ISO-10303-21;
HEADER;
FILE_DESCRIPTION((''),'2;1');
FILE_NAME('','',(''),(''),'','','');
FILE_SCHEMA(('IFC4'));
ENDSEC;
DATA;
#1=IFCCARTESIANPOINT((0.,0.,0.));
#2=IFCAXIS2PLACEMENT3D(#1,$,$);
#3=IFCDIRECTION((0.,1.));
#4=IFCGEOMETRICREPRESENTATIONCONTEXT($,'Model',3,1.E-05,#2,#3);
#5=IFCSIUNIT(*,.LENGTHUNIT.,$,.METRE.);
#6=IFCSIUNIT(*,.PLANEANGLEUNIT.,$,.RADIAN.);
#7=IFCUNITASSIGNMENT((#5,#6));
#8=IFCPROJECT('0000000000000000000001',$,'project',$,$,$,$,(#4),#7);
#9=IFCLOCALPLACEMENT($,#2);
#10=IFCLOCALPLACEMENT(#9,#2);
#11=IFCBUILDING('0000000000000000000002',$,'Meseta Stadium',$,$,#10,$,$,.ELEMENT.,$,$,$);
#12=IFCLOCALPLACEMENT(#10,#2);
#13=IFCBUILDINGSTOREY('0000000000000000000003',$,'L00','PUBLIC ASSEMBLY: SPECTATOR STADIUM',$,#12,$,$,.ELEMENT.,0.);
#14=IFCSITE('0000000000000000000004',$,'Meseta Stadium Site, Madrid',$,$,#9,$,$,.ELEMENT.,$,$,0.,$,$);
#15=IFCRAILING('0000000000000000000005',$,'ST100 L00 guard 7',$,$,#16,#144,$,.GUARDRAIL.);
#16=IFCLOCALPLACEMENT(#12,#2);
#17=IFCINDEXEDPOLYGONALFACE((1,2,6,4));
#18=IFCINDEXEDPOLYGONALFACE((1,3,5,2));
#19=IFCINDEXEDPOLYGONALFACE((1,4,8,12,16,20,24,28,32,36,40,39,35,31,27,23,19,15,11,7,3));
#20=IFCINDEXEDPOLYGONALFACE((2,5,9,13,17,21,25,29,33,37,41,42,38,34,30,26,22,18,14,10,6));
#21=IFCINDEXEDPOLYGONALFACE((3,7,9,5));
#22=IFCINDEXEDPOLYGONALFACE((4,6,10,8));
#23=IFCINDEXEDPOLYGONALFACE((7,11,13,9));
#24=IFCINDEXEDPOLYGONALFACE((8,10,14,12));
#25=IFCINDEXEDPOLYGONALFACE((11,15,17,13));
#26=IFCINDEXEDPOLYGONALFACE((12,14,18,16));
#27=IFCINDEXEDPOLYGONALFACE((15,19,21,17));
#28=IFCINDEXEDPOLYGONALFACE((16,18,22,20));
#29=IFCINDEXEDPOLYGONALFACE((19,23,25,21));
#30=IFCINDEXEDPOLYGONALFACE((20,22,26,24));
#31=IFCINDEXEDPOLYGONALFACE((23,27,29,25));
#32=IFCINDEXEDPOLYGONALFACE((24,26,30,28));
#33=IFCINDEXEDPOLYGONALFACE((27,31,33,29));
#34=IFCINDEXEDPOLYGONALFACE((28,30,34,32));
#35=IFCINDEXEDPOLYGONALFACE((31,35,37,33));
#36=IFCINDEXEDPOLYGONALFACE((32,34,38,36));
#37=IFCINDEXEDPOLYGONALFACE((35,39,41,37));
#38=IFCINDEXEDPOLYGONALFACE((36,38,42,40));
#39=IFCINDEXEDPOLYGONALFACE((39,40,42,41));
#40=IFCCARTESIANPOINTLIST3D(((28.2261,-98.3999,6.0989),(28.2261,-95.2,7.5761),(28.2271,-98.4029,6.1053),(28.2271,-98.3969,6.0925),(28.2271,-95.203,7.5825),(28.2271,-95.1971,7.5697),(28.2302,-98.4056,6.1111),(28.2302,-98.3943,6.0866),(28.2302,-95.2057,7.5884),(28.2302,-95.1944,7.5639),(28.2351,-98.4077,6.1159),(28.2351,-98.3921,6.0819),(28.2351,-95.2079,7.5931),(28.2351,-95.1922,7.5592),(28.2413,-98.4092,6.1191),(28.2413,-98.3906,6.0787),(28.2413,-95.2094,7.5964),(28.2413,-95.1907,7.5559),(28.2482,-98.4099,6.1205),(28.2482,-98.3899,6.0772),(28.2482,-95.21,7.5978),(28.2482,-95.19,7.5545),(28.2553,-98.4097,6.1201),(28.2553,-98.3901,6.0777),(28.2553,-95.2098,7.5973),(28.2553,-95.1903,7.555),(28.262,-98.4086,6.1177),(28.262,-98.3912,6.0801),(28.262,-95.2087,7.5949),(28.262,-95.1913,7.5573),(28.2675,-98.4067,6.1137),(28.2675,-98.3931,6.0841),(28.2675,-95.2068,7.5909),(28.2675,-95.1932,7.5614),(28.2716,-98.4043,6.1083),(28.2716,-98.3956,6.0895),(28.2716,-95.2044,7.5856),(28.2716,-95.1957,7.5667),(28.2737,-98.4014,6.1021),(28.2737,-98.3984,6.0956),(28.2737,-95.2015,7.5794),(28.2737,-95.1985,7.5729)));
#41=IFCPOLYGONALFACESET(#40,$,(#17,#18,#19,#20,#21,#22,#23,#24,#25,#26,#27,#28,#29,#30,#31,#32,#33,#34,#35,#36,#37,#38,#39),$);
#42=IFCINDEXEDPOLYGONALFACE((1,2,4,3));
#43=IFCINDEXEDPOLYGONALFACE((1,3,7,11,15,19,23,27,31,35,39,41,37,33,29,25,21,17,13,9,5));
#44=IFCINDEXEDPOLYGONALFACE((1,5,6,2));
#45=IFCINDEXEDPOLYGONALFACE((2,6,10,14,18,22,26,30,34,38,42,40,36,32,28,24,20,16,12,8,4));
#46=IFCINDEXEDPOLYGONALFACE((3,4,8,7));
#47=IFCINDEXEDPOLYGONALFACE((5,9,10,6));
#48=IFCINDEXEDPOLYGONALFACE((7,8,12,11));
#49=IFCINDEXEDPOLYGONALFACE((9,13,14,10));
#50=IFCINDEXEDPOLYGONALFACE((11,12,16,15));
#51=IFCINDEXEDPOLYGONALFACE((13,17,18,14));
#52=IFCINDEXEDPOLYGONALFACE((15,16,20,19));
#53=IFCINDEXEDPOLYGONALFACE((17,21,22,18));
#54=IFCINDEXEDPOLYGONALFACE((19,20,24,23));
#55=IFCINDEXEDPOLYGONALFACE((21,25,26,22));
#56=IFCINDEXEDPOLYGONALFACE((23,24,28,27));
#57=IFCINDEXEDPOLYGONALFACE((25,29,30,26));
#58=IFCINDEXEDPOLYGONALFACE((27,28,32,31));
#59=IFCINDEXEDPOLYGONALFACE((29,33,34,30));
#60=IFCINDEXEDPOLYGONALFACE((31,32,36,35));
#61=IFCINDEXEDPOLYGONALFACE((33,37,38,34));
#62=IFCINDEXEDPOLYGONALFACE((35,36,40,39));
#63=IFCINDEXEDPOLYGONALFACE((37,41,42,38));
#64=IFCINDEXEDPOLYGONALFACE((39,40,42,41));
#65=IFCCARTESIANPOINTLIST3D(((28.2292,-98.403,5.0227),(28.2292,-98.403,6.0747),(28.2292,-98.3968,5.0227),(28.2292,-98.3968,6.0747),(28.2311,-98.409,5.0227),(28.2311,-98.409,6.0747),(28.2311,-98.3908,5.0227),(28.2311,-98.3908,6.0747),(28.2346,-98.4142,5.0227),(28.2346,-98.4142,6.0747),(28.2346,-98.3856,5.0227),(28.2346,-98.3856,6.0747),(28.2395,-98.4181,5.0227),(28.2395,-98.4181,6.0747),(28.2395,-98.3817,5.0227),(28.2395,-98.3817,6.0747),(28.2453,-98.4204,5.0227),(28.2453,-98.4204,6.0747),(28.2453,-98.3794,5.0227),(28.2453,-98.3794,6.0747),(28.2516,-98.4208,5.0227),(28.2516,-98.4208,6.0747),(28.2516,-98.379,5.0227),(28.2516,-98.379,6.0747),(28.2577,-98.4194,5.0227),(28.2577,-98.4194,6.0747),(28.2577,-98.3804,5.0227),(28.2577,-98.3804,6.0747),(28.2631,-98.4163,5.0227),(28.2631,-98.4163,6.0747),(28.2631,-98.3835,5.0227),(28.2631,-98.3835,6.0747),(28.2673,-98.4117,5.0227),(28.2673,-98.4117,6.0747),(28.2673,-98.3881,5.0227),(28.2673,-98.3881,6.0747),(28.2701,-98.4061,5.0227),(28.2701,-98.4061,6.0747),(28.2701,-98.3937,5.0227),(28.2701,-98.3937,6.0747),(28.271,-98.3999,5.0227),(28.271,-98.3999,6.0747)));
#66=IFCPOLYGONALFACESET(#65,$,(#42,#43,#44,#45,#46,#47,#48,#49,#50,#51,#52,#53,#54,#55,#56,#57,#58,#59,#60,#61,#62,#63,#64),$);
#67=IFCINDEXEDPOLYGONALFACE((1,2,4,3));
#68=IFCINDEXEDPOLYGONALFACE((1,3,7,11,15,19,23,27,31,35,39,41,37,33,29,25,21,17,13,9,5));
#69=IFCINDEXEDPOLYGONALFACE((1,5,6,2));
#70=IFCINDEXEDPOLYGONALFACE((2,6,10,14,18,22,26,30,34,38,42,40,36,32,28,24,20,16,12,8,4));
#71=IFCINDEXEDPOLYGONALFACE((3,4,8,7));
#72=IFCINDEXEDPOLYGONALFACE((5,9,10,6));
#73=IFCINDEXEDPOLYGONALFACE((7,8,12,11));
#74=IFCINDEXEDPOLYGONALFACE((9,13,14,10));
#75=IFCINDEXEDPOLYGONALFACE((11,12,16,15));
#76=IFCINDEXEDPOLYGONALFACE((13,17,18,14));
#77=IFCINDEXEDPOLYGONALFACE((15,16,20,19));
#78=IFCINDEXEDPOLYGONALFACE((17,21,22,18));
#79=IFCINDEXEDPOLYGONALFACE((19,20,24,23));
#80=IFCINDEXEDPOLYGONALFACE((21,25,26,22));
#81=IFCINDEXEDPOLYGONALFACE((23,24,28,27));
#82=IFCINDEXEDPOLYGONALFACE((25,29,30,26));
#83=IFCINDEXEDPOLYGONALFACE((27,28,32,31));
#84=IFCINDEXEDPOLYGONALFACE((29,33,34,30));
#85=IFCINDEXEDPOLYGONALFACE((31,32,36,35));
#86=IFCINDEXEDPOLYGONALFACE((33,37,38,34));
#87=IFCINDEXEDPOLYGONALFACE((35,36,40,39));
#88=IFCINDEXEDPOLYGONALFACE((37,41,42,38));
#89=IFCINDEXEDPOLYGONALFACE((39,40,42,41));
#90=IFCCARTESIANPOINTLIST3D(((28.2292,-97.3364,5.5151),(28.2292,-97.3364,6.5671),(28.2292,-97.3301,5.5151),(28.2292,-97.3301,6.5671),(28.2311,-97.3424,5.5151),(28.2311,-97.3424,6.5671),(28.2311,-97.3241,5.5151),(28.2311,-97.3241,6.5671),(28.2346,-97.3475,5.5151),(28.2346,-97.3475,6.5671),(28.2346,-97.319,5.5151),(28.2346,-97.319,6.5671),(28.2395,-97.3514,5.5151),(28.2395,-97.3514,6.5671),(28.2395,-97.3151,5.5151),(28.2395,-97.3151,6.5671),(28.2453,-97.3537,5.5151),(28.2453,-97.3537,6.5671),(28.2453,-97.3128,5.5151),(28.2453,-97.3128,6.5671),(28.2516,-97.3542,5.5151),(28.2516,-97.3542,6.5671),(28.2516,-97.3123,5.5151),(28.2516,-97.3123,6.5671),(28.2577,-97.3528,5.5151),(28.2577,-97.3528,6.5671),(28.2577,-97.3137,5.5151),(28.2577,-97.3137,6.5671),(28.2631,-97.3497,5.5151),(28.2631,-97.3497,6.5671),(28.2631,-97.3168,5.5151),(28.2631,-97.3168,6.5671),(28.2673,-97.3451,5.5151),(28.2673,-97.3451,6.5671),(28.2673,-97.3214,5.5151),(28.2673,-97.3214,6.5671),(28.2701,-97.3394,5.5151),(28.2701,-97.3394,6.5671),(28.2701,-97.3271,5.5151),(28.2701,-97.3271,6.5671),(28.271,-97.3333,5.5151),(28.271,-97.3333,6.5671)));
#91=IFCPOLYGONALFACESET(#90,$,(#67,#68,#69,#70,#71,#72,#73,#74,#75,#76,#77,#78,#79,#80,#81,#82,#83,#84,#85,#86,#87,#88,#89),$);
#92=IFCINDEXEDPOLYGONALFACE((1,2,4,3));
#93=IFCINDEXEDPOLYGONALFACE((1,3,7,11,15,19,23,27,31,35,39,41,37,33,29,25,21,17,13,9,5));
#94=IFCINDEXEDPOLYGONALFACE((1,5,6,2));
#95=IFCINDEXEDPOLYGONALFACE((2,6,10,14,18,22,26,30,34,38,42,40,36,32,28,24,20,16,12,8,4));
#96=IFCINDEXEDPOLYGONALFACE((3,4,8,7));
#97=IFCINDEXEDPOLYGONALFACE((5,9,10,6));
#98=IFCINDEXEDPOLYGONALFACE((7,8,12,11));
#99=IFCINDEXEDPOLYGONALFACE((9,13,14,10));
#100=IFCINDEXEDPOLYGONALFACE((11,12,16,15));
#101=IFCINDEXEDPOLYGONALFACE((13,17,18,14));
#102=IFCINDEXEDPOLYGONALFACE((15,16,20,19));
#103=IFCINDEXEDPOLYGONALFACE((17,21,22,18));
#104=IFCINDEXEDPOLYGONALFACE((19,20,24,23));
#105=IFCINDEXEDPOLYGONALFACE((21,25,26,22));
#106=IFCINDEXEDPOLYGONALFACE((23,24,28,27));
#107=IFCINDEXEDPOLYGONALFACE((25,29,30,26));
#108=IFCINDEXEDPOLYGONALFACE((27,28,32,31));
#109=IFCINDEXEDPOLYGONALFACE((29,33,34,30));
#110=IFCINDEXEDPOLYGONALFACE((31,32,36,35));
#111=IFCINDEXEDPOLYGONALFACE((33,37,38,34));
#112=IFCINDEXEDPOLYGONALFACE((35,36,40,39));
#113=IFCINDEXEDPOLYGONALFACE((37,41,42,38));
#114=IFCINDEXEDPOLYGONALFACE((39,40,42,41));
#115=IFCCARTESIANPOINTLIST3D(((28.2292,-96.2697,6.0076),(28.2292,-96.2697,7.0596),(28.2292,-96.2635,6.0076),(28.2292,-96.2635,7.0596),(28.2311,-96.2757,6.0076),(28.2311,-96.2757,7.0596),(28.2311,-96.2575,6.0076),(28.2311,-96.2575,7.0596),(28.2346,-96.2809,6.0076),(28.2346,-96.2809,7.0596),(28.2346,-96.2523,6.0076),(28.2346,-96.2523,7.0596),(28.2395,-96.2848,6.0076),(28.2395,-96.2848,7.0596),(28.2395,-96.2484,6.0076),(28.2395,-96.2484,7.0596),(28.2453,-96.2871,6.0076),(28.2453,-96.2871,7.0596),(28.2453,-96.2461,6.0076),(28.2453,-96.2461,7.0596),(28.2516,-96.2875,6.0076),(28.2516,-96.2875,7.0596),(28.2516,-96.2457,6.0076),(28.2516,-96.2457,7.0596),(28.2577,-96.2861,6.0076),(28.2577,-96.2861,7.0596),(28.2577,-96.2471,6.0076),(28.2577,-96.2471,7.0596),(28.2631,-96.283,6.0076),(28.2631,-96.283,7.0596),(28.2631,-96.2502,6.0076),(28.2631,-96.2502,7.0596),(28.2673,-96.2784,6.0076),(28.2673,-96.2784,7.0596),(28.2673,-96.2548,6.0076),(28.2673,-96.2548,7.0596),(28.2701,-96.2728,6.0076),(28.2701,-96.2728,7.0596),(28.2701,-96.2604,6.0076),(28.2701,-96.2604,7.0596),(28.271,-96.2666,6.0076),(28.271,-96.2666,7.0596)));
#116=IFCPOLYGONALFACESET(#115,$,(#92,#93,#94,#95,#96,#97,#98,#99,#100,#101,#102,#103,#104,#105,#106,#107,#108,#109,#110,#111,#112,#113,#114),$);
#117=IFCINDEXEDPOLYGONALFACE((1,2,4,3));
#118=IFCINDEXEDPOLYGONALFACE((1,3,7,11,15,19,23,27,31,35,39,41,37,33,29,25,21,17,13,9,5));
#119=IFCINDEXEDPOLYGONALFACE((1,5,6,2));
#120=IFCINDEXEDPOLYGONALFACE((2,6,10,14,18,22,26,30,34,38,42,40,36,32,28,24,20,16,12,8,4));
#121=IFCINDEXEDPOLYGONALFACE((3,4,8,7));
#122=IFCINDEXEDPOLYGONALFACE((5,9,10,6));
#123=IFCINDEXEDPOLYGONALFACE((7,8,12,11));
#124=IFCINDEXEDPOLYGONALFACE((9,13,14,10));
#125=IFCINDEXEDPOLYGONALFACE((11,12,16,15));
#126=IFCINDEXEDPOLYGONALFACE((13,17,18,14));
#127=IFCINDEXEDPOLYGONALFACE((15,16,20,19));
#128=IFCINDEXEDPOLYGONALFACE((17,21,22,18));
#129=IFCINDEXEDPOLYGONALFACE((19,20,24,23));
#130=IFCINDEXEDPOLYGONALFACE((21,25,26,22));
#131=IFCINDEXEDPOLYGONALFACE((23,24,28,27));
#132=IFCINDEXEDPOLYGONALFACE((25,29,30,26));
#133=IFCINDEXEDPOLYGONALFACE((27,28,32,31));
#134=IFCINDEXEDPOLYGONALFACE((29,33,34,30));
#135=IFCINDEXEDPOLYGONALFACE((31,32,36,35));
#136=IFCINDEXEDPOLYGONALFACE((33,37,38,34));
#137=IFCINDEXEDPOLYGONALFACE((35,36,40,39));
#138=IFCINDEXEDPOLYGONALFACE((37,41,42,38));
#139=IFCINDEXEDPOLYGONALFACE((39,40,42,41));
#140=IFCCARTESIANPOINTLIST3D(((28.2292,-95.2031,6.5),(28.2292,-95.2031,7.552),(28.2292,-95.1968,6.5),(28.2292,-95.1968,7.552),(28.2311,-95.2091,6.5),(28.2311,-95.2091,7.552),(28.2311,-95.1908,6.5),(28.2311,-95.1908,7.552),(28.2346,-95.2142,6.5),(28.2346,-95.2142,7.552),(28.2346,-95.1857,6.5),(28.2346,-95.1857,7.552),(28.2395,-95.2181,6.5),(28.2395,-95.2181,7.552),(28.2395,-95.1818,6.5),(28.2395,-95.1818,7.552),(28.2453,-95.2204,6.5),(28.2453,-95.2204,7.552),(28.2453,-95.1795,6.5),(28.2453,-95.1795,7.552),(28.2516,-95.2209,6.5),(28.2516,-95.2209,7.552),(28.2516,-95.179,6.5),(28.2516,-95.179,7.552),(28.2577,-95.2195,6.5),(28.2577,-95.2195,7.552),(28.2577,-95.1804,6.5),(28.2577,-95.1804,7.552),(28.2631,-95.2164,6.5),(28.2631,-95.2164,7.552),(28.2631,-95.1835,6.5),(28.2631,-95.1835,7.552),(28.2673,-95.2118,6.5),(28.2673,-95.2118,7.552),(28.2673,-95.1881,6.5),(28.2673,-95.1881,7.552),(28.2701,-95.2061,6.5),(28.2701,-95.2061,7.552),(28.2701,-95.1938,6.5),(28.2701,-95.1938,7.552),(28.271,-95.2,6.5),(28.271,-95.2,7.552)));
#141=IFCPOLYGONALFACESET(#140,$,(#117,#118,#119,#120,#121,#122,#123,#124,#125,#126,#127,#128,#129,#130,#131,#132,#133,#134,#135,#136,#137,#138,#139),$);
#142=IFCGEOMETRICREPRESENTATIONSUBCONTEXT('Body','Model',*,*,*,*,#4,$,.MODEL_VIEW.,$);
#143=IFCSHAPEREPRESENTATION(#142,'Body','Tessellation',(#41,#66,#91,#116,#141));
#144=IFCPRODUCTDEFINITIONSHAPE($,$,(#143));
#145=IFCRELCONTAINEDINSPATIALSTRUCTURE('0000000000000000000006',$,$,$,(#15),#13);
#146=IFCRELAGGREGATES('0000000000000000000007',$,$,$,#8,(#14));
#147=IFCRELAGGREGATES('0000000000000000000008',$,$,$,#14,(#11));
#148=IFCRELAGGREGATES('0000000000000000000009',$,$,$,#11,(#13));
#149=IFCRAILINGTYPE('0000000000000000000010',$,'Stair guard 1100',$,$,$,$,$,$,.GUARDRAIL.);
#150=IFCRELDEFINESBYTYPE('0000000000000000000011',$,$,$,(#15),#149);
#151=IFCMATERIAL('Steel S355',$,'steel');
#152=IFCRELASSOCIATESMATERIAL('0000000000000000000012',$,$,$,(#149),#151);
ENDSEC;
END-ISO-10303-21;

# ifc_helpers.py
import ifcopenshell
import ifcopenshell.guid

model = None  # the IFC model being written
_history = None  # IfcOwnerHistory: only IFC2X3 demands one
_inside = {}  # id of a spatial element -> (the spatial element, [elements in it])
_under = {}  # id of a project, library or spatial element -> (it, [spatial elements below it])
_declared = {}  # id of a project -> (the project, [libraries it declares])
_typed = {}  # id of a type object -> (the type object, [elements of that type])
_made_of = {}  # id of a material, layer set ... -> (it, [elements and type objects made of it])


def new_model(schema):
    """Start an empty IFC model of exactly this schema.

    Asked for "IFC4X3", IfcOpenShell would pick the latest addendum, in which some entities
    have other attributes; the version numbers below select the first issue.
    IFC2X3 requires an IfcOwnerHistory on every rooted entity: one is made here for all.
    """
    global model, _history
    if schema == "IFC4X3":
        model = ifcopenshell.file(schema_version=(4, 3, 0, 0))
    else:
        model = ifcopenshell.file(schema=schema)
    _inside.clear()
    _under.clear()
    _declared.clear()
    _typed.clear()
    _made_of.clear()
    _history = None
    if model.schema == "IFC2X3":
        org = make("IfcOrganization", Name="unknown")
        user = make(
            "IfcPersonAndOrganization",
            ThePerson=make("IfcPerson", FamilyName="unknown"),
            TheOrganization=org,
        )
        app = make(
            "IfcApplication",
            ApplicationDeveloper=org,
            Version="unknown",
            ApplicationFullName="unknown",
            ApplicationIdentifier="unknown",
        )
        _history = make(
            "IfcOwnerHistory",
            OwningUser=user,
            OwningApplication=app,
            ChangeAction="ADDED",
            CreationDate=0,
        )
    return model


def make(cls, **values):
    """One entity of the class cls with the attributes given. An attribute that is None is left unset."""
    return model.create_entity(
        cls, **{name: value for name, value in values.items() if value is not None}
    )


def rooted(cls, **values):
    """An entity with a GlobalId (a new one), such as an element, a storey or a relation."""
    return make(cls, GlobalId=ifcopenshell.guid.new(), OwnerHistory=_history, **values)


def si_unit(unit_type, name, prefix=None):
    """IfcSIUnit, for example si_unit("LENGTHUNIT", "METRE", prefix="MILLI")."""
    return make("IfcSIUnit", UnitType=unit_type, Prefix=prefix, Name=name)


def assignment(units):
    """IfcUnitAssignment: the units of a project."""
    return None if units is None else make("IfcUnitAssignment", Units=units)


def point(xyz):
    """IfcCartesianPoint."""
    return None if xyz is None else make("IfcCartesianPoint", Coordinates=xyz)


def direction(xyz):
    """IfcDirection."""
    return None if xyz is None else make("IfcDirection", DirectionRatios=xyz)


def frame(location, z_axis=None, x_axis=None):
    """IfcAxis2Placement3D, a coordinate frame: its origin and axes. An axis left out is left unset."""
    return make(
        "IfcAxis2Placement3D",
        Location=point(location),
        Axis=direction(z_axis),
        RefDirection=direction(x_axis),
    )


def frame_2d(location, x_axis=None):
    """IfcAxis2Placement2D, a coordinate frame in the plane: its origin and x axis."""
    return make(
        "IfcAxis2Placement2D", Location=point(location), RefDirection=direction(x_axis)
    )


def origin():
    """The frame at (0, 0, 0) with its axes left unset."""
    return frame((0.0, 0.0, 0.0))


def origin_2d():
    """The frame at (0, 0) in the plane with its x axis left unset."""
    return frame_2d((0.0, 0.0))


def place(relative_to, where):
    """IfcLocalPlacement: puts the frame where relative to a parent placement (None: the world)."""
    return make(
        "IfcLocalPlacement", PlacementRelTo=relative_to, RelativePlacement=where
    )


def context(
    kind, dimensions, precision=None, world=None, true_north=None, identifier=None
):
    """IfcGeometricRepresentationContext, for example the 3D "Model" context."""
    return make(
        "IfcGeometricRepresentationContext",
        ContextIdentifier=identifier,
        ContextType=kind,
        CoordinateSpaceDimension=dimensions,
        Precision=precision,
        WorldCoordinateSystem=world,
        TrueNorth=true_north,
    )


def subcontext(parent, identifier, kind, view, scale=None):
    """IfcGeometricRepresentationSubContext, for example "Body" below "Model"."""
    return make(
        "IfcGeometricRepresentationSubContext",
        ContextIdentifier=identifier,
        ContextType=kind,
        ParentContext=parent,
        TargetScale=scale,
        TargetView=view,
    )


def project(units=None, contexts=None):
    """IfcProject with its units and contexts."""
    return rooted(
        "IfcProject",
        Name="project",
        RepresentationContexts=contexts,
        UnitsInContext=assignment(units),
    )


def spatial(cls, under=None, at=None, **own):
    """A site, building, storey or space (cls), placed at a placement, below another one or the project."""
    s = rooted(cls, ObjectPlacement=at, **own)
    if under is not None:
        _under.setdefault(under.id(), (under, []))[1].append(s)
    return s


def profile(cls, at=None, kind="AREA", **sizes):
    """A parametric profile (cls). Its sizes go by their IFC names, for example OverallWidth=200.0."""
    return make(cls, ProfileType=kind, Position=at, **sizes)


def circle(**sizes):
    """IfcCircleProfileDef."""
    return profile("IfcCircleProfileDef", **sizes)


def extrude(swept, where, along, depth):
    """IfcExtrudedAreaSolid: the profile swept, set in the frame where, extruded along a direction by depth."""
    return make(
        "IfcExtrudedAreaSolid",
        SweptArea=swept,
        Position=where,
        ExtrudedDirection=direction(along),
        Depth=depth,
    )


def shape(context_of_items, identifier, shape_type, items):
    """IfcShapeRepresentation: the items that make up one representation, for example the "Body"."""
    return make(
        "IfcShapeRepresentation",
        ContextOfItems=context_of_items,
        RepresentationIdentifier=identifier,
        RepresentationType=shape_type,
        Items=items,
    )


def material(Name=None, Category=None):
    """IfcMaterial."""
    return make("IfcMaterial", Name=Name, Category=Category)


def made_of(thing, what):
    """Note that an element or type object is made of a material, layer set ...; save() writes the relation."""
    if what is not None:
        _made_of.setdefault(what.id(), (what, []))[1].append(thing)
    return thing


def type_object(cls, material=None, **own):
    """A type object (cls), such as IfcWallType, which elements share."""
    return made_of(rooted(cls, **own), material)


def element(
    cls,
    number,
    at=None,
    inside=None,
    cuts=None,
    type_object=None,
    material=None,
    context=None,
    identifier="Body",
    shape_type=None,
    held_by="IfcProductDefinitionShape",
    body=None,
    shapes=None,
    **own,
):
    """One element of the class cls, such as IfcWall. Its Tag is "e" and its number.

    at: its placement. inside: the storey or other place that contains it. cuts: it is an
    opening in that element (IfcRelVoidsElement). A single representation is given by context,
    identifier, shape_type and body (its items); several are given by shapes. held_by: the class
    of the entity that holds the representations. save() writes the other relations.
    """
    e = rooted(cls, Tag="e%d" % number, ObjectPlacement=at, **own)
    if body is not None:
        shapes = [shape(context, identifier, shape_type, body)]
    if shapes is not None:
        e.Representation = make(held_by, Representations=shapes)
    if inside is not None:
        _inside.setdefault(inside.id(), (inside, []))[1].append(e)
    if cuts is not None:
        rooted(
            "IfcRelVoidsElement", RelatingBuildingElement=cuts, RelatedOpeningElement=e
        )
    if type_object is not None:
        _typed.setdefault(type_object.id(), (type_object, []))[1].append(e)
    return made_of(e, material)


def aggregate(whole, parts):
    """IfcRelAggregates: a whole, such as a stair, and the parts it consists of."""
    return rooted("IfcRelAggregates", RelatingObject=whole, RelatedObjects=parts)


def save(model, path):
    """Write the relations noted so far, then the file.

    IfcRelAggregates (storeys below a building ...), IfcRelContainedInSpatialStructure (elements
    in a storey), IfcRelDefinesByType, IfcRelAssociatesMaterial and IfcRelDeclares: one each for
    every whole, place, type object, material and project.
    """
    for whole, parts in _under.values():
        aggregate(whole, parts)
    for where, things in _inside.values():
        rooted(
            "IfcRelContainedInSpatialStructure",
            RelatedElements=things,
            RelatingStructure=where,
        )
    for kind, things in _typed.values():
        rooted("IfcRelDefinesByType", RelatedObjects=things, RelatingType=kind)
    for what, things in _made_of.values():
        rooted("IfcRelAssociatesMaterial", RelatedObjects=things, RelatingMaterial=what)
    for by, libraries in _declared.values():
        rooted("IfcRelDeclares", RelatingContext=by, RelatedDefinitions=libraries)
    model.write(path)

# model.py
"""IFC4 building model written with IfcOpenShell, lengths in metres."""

from ifc_helpers import new_model, si_unit, direction, frame, origin, origin_2d, place, context, subcontext, project, spatial, circle, extrude, material, type_object, element, save


model = new_model("IFC4")

# Units and contexts
model_context = context("Model", 3, precision=1e-05, world=origin(), true_north=direction((0.0, 1.0)))
body_context = subcontext(model_context, "Body", "Model", "MODEL_VIEW")
ifc_project = project(units=[si_unit("LENGTHUNIT", "METRE"), si_unit("PLANEANGLEUNIT", "RADIAN")], contexts=[model_context])

# Site, building, storey
site_placement = place(None, origin())
site = spatial("IfcSite", under=ifc_project, at=site_placement, Name="Meseta Stadium Site, Madrid", CompositionType="ELEMENT", RefElevation=0.0)
building_placement = place(site_placement, origin())
building = spatial("IfcBuilding", under=site, at=building_placement, Name="Meseta Stadium", CompositionType="ELEMENT")
storey_placement = place(building_placement, origin())
storey = spatial("IfcBuildingStorey", under=building, at=storey_placement, Name="L00", Description="PUBLIC ASSEMBLY: SPECTATOR STADIUM", CompositionType="ELEMENT", Elevation=0.0)

# Railing
ifc_material_1 = material(Name="Steel S355", Category="steel")
railing_type_1 = type_object("IfcRailingType", Name="Stair guard 1100", PredefinedType="GUARDRAIL", material=ifc_material_1)
railing_1_placement = place(storey_placement, frame((28.25, -98.3999, 5.0227)))
element("IfcRailing", 1, at=railing_1_placement, inside=storey, type_object=railing_type_1, Name="ST100 L00 guard 7", PredefinedType="GUARDRAIL", context=body_context, shape_type="SweptSolid", body=[
    extrude(circle(Radius=0.0239, at=origin_2d()), frame((0.0, 0.0, 1.0762), z_axis=(0.0, 0.907917, 0.41915), x_axis=(-1.0, 0.0, 0.0)), (0.0, 0.0, 1.0), 3.5244),
    extrude(circle(Radius=0.021, at=origin_2d()), origin(), (0.0, 0.0, 1.0), 1.052),
    extrude(circle(Radius=0.021, at=origin_2d()), frame((0.0, 1.0667, 0.4924)), (0.0, 0.0, 1.0), 1.052),
    extrude(circle(Radius=0.021, at=origin_2d()), frame((0.0, 2.1333, 0.9849)), (0.0, 0.0, 1.0), 1.052),
    extrude(circle(Radius=0.021, at=origin_2d()), frame((0.0, 3.2, 1.4773)), (0.0, 0.0, 1.0), 1.052),
])

save(model, "model.ifc")
